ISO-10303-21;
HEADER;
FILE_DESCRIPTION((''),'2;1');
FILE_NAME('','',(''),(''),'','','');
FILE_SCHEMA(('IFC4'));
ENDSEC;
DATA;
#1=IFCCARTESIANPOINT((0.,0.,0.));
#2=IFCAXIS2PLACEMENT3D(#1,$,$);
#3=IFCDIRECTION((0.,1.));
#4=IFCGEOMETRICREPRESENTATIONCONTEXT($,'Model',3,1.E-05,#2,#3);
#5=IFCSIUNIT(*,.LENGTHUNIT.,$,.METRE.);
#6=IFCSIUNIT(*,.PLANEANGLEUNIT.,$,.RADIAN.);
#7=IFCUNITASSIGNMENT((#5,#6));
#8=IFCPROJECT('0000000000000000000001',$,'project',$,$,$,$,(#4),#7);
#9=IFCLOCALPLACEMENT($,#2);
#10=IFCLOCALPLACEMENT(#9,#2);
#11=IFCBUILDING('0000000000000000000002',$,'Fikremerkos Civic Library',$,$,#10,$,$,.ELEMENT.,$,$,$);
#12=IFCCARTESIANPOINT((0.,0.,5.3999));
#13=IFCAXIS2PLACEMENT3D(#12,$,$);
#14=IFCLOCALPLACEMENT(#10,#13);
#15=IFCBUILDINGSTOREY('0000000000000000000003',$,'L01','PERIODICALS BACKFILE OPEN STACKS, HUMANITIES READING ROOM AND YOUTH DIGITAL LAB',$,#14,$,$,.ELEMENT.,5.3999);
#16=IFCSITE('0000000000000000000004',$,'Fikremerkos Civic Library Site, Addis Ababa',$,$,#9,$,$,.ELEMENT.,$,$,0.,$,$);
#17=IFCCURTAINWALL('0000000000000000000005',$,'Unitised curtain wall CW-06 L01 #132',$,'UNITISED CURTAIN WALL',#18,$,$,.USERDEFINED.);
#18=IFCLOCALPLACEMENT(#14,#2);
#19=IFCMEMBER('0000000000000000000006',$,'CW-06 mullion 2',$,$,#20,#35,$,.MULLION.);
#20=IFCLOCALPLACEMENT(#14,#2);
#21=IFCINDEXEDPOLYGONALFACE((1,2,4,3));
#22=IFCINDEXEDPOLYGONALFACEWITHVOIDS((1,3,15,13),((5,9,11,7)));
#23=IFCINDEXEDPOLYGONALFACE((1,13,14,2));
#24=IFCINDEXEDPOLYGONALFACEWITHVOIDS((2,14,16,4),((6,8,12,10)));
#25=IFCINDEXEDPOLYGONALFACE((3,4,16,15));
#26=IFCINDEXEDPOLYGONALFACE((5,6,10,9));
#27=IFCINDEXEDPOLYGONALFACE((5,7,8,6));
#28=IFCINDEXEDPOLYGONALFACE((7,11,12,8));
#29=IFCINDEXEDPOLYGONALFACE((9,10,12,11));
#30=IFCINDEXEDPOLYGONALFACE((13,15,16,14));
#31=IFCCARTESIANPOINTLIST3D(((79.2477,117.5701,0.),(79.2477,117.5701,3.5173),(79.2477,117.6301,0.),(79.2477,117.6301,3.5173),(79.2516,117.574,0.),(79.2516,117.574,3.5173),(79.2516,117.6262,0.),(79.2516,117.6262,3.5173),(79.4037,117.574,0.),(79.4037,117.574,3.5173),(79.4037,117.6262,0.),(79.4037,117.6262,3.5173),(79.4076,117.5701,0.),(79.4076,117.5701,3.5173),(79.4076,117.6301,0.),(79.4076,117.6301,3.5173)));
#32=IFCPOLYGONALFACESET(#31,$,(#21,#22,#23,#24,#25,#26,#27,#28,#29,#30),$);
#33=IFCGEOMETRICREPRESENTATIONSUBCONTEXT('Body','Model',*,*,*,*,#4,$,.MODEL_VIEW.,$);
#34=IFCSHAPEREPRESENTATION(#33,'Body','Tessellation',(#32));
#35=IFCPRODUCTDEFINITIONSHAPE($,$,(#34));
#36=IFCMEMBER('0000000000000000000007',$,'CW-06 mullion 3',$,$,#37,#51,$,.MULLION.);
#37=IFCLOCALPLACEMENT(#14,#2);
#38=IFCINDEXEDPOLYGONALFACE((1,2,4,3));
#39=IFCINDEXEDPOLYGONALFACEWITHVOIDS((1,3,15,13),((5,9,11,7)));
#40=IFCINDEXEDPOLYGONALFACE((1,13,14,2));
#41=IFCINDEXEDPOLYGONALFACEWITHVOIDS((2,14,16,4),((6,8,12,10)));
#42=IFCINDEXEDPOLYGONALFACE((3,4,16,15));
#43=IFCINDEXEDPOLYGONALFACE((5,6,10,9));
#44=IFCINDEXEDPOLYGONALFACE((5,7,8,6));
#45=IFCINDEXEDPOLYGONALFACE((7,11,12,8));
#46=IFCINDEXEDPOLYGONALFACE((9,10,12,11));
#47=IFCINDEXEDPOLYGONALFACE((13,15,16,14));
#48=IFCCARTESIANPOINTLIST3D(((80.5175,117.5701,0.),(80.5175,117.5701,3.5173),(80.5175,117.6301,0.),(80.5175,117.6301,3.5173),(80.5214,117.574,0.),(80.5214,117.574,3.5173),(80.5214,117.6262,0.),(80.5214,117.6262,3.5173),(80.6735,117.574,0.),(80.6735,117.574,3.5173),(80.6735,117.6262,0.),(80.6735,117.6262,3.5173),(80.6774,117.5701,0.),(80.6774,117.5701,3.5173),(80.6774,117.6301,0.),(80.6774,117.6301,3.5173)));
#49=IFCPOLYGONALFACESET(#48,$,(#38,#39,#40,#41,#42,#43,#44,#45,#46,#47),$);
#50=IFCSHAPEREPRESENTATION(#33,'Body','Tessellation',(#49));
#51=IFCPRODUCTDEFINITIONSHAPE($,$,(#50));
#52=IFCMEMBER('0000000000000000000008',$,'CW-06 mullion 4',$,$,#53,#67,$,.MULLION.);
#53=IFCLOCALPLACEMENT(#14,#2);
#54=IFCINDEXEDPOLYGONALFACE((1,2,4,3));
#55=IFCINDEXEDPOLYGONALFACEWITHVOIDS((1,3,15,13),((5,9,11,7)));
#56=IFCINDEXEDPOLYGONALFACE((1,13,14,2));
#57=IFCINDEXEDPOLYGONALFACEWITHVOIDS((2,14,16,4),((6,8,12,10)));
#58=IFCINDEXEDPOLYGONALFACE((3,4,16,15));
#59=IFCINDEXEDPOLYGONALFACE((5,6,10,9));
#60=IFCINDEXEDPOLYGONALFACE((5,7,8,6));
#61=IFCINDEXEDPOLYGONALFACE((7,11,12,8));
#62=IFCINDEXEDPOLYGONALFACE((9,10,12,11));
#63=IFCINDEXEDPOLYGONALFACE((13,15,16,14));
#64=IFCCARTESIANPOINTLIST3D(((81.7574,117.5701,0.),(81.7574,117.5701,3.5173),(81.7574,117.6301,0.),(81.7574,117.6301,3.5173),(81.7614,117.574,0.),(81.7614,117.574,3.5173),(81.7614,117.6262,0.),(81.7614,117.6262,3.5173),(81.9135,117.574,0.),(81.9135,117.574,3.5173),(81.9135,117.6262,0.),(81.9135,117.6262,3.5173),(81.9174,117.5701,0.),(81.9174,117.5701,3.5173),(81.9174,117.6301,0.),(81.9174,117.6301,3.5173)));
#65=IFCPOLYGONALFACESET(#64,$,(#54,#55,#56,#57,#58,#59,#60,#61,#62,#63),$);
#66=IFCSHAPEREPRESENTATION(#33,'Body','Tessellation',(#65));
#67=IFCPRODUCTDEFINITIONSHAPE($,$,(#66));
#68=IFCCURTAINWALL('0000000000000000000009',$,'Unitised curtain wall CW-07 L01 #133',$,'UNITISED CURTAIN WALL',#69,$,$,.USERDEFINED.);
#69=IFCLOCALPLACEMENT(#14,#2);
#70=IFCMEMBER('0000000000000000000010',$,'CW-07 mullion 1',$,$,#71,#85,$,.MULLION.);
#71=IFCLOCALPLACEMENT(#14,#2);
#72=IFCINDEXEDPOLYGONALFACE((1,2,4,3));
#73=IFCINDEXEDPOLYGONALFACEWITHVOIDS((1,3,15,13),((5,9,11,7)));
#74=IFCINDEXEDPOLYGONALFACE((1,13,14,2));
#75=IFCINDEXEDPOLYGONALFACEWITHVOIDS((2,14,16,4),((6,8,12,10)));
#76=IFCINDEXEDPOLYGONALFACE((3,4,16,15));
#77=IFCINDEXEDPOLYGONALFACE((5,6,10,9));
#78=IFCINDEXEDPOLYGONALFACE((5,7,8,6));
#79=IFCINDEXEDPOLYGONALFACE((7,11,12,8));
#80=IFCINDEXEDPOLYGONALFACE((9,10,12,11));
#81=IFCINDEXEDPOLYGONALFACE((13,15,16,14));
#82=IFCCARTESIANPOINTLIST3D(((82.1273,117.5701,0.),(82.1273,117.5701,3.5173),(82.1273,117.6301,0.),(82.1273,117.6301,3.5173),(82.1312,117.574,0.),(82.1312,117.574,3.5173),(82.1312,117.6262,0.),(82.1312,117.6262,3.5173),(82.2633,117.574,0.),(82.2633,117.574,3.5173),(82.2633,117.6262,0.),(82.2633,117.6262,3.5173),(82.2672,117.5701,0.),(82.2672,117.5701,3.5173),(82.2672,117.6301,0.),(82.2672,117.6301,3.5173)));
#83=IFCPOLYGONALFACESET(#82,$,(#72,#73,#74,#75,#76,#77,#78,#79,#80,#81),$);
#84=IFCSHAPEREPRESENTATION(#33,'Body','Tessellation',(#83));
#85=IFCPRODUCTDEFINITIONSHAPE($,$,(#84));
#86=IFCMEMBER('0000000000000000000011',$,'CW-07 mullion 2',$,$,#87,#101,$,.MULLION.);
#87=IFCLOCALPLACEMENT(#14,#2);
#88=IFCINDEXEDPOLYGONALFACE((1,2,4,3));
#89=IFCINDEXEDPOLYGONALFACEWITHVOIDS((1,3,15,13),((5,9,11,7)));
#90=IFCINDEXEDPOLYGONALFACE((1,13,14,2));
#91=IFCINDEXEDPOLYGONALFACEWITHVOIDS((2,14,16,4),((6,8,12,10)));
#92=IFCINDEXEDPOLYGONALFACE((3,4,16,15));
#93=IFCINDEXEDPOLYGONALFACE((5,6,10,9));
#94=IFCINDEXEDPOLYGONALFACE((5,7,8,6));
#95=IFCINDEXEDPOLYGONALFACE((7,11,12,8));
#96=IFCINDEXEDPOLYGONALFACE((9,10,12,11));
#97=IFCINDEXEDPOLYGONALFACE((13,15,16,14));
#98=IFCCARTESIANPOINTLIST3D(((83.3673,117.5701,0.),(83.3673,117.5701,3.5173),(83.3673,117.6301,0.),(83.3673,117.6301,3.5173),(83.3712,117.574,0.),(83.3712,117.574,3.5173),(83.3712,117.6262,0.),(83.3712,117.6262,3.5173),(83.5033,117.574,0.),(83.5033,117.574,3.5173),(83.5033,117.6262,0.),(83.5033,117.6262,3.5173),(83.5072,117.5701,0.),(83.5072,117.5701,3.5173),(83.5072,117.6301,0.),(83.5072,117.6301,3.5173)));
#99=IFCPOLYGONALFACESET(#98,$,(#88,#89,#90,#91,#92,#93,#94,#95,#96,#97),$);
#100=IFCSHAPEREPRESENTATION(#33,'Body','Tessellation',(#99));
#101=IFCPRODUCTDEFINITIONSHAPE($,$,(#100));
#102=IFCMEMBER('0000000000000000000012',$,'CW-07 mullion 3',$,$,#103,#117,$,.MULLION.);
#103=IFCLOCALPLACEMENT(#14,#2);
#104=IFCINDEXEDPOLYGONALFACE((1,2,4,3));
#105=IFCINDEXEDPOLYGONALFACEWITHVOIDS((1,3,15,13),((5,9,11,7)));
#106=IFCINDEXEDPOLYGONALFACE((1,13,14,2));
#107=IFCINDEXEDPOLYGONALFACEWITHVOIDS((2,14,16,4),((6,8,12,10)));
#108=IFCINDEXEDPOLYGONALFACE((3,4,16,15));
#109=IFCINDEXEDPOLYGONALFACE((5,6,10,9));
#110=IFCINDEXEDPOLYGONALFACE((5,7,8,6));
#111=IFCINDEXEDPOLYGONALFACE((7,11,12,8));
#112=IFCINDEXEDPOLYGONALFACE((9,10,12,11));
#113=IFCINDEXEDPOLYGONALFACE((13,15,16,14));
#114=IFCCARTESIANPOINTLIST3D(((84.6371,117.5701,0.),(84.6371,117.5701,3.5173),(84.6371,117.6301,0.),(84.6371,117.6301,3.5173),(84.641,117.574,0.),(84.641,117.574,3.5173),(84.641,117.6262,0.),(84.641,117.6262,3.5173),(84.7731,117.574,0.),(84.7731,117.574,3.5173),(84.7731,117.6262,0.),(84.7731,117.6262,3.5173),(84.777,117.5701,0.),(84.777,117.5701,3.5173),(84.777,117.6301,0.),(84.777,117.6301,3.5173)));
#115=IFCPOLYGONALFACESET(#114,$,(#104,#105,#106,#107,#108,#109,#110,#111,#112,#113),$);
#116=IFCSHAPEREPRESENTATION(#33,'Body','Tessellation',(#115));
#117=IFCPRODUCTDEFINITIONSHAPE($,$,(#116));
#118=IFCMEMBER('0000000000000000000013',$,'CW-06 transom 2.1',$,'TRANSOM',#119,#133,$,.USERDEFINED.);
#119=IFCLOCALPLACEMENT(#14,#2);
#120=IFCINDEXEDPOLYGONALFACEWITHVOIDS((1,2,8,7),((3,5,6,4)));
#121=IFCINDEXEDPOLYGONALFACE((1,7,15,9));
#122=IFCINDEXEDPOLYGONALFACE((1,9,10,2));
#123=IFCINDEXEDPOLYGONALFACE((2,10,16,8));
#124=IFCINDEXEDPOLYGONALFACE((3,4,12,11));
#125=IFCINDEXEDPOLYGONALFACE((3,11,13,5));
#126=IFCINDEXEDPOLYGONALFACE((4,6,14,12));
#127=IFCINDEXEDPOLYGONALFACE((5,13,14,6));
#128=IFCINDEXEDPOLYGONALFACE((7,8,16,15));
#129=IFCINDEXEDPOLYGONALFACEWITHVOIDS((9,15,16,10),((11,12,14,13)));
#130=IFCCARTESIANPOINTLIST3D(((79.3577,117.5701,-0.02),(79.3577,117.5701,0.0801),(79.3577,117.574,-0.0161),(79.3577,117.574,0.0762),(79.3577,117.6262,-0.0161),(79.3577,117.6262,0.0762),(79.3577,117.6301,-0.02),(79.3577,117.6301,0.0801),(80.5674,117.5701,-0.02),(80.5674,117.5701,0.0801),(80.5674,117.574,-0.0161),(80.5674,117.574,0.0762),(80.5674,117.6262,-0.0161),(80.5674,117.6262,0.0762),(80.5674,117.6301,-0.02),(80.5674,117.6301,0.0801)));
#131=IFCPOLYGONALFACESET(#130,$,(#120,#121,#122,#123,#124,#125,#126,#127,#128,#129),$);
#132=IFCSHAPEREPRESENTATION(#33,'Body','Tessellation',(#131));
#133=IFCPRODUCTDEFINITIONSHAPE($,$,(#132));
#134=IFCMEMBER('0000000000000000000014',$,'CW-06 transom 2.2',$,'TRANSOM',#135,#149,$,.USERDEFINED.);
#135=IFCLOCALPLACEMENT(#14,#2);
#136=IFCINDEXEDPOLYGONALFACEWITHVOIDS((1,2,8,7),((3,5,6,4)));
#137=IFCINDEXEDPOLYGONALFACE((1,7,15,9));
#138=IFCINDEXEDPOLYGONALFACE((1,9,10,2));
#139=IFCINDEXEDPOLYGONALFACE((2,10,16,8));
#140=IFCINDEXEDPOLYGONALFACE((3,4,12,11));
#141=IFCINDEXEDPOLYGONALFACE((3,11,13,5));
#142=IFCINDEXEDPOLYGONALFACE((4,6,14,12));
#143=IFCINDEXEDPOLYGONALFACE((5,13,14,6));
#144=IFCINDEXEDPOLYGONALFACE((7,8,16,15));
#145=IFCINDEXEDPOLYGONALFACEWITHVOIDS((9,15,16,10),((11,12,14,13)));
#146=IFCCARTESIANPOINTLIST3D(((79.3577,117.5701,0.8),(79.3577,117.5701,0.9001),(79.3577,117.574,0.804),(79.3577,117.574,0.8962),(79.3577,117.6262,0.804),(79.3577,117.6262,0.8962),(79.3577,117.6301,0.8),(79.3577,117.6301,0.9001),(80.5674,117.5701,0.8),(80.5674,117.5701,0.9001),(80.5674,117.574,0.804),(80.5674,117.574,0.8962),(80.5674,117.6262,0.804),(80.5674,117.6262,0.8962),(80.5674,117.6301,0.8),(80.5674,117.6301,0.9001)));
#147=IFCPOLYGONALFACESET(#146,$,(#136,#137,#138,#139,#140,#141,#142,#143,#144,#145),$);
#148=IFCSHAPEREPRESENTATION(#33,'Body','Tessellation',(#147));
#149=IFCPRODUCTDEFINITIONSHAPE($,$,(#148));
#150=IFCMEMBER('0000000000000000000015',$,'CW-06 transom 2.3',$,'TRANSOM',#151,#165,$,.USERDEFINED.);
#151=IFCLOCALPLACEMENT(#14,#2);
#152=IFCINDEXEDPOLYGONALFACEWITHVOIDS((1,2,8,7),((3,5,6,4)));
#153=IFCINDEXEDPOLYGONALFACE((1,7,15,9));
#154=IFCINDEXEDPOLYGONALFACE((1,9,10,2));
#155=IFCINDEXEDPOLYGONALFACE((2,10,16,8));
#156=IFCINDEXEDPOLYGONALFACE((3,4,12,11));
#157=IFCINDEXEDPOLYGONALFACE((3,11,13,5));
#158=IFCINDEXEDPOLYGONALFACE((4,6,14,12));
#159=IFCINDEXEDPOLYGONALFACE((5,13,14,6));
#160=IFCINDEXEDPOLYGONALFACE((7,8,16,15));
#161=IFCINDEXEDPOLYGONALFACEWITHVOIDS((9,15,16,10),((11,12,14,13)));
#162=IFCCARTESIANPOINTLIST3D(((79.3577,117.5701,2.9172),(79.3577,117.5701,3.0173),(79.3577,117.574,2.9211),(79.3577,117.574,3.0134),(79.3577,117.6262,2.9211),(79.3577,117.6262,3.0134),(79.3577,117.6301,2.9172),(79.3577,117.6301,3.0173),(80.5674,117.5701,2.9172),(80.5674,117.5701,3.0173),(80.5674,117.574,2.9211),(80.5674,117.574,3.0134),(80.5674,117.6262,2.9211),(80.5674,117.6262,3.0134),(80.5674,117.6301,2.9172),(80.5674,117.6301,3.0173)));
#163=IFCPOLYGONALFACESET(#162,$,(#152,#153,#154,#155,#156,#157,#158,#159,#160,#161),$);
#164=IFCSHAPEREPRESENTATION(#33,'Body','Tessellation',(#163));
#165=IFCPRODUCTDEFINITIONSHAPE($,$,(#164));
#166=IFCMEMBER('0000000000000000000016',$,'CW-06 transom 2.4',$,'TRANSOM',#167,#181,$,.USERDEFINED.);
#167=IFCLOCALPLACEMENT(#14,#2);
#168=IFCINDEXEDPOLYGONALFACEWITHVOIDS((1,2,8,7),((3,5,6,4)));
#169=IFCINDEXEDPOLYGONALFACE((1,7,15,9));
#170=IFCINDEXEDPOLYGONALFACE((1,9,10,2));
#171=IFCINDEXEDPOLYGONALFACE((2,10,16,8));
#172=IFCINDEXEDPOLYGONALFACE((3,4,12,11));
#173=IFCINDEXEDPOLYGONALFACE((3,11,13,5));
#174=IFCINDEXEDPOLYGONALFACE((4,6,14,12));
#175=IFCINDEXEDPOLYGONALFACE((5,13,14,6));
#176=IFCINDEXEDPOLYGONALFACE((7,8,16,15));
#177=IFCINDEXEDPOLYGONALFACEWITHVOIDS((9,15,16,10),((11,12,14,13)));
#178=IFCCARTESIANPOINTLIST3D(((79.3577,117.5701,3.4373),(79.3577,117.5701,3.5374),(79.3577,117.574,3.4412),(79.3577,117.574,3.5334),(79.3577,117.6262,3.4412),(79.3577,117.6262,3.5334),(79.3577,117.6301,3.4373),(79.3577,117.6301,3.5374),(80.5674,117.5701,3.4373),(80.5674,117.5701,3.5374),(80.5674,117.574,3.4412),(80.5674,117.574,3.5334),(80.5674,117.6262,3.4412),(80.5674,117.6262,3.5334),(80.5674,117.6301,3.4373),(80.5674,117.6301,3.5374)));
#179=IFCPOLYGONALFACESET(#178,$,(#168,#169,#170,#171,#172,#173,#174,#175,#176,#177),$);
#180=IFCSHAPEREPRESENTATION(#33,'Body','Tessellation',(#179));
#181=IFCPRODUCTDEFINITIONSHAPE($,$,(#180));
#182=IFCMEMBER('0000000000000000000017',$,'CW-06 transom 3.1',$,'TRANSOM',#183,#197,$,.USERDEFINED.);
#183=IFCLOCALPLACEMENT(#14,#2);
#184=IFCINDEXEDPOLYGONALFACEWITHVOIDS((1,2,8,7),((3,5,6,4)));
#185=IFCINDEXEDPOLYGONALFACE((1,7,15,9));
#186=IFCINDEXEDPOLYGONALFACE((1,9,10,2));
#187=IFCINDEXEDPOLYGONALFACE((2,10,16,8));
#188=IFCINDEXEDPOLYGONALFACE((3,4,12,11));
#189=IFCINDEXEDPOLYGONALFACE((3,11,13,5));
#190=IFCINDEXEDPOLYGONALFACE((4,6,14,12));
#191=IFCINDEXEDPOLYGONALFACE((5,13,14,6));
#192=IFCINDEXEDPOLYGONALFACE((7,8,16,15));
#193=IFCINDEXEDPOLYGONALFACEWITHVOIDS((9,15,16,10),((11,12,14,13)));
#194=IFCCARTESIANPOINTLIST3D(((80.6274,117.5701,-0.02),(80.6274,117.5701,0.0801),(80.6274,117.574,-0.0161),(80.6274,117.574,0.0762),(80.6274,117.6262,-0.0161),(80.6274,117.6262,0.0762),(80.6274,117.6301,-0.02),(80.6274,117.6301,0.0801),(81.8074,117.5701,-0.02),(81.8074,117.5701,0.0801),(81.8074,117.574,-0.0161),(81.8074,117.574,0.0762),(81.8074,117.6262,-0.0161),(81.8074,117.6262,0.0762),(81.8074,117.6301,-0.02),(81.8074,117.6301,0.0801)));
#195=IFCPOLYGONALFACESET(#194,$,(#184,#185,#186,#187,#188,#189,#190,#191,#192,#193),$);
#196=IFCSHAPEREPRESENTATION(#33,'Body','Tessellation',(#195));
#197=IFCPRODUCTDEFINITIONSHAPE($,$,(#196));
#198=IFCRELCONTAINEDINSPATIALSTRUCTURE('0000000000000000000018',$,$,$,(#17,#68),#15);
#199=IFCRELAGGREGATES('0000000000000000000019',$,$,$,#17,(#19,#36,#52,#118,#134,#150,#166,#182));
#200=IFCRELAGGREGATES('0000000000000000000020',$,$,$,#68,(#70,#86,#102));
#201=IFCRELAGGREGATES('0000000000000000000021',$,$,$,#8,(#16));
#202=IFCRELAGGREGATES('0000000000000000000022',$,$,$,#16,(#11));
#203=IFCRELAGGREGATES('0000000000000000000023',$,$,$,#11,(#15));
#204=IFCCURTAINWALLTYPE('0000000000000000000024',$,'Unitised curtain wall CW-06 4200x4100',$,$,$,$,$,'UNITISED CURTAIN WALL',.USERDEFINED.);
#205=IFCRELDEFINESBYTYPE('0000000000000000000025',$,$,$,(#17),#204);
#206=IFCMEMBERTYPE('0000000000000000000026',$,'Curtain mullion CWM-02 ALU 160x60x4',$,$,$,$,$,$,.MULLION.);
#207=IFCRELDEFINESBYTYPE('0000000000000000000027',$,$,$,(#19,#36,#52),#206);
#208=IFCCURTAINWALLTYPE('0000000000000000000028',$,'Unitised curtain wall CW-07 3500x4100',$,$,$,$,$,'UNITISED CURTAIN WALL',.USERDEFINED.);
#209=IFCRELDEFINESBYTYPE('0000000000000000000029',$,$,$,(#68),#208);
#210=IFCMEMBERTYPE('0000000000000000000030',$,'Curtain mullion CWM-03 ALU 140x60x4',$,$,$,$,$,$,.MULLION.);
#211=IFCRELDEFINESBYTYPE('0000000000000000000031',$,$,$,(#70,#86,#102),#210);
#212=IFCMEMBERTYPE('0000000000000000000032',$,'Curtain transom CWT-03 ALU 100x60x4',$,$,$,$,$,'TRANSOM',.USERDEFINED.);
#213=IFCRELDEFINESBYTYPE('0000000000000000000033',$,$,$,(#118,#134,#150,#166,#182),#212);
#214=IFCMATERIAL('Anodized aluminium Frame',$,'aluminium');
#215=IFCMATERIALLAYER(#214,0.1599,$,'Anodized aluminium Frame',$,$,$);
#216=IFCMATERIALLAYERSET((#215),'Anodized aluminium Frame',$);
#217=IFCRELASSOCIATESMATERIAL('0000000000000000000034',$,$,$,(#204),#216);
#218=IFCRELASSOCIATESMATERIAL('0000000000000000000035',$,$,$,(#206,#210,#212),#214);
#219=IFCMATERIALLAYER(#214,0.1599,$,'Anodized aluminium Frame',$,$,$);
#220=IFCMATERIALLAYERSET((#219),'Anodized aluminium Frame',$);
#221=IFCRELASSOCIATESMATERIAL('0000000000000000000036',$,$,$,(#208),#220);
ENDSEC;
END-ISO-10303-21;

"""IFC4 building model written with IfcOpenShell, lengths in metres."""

from ifc_helpers import new_model, si_unit, direction, frame, origin, origin_2d, place, context, subcontext, project, spatial, hollow_rectangle, extrude, material, layer, layer_set, material_profile, profile_set, type_object, element, aggregate, save


model = new_model("IFC4")

# Units and contexts
model_context = context("Model", 3, precision=1e-05, world=origin(), true_north=direction((0.0, 1.0)))
body_context = subcontext(model_context, "Body", "Model", "MODEL_VIEW")
ifc_project = project(units=[si_unit("LENGTHUNIT", "METRE"), si_unit("PLANEANGLEUNIT", "RADIAN")], contexts=[model_context])

# Site, building, storey
site_placement = place(None, origin())
site = spatial("IfcSite", under=ifc_project, at=site_placement, Name="Fikremerkos Civic Library Site, Addis Ababa", CompositionType="ELEMENT", RefElevation=0.0)
building_placement = place(site_placement, origin())
building = spatial("IfcBuilding", under=site, at=building_placement, Name="Fikremerkos Civic Library", CompositionType="ELEMENT")
storey_placement = place(building_placement, frame((0.0, 0.0, 5.3999)))
storey = spatial("IfcBuildingStorey", under=building, at=storey_placement, Name="L01", Description="PERIODICALS BACKFILE OPEN STACKS, HUMANITIES READING ROOM AND YOUTH DIGITAL LAB", CompositionType="ELEMENT", Elevation=5.3999)

# Curtain walls, members
ifc_material_1 = material(Name="Anodized aluminium Frame", Category="aluminium")
ifc_layer_1 = layer(ifc_material_1, 0.1599, Name="Anodized aluminium Frame")
ifc_layer_set_1 = layer_set([ifc_layer_1], Name="Anodized aluminium Frame")
curtain_wall_type_1 = type_object("IfcCurtainWallType", Name="Unitised curtain wall CW-06 4200x4100", ElementType="UNITISED CURTAIN WALL", PredefinedType="USERDEFINED", material=ifc_layer_set_1)
curtain_wall_1_placement = place(storey_placement, origin())
curtain_wall_1 = element("IfcCurtainWall", 1, at=curtain_wall_1_placement, inside=storey, type_object=curtain_wall_type_1, Name="Unitised curtain wall CW-06 L01 #132", ObjectType="UNITISED CURTAIN WALL", PredefinedType="USERDEFINED")
ifc_material_profile_1 = material_profile(ifc_material_1, hollow_rectangle(XDim=0.0601, YDim=0.1599, WallThickness=0.0039, at=origin_2d()), Name="ALU 160x60x4")
ifc_profile_set_1 = profile_set([ifc_material_profile_1], Name="Anodized aluminium Frame")
member_type_1 = type_object("IfcMemberType", Name="Curtain mullion CWM-02 ALU 160x60x4", PredefinedType="MULLION", material=ifc_profile_set_1)
member_1_placement = place(storey_placement, frame((79.3276, 117.6001, 0.0), z_axis=(0.0, 0.0, 1.0), x_axis=(0.0, 1.0, 0.0)))
member_1 = element("IfcMember", 2, at=member_1_placement, type_object=member_type_1, Name="CW-06 mullion 2", PredefinedType="MULLION", context=body_context, shape_type="SweptSolid", body=[
    extrude(hollow_rectangle(XDim=0.0601, YDim=0.1599, WallThickness=0.0039, at=origin_2d()), origin(), (0.0, 0.0, 1.0), 3.5173),
])
member_2_placement = place(storey_placement, frame((80.5974, 117.6001, 0.0), z_axis=(0.0, 0.0, 1.0), x_axis=(0.0, 1.0, 0.0)))
member_2 = element("IfcMember", 3, at=member_2_placement, type_object=member_type_1, Name="CW-06 mullion 3", PredefinedType="MULLION", context=body_context, shape_type="SweptSolid", body=[
    extrude(hollow_rectangle(XDim=0.0601, YDim=0.1599, WallThickness=0.0039, at=origin_2d()), origin(), (0.0, 0.0, 1.0), 3.5173),
])
member_3_placement = place(storey_placement, frame((81.8374, 117.6001, 0.0), z_axis=(0.0, 0.0, 1.0), x_axis=(0.0, 1.0, 0.0)))
member_3 = element("IfcMember", 4, at=member_3_placement, type_object=member_type_1, Name="CW-06 mullion 4", PredefinedType="MULLION", context=body_context, shape_type="SweptSolid", body=[
    extrude(hollow_rectangle(XDim=0.0601, YDim=0.1599, WallThickness=0.0039, at=origin_2d()), origin(), (0.0, 0.0, 1.0), 3.5173),
])
ifc_layer_2 = layer(ifc_material_1, 0.1599, Name="Anodized aluminium Frame")
ifc_layer_set_2 = layer_set([ifc_layer_2], Name="Anodized aluminium Frame")
curtain_wall_type_2 = type_object("IfcCurtainWallType", Name="Unitised curtain wall CW-07 3500x4100", ElementType="UNITISED CURTAIN WALL", PredefinedType="USERDEFINED", material=ifc_layer_set_2)
curtain_wall_2_placement = place(storey_placement, origin())
curtain_wall_2 = element("IfcCurtainWall", 5, at=curtain_wall_2_placement, inside=storey, type_object=curtain_wall_type_2, Name="Unitised curtain wall CW-07 L01 #133", ObjectType="UNITISED CURTAIN WALL", PredefinedType="USERDEFINED")
ifc_material_profile_2 = material_profile(ifc_material_1, hollow_rectangle(XDim=0.0601, YDim=0.1399, WallThickness=0.0039, at=origin_2d()), Name="ALU 140x60x4")
ifc_profile_set_2 = profile_set([ifc_material_profile_2], Name="Anodized aluminium Frame")
member_type_2 = type_object("IfcMemberType", Name="Curtain mullion CWM-03 ALU 140x60x4", PredefinedType="MULLION", material=ifc_profile_set_2)
member_4_placement = place(storey_placement, frame((82.1973, 117.6001, 0.0), z_axis=(0.0, 0.0, 1.0), x_axis=(0.0, 1.0, 0.0)))
member_4 = element("IfcMember", 6, at=member_4_placement, type_object=member_type_2, Name="CW-07 mullion 1", PredefinedType="MULLION", context=body_context, shape_type="SweptSolid", body=[
    extrude(hollow_rectangle(XDim=0.0601, YDim=0.1399, WallThickness=0.0039, at=origin_2d()), origin(), (0.0, 0.0, 1.0), 3.5173),
])
member_5_placement = place(storey_placement, frame((83.4373, 117.6001, 0.0), z_axis=(0.0, 0.0, 1.0), x_axis=(0.0, 1.0, 0.0)))
member_5 = element("IfcMember", 7, at=member_5_placement, type_object=member_type_2, Name="CW-07 mullion 2", PredefinedType="MULLION", context=body_context, shape_type="SweptSolid", body=[
    extrude(hollow_rectangle(XDim=0.0601, YDim=0.1399, WallThickness=0.0039, at=origin_2d()), origin(), (0.0, 0.0, 1.0), 3.5173),
])
member_6_placement = place(storey_placement, frame((84.707, 117.6001, 0.0), z_axis=(0.0, 0.0, 1.0), x_axis=(0.0, 1.0, 0.0)))
member_6 = element("IfcMember", 8, at=member_6_placement, type_object=member_type_2, Name="CW-07 mullion 3", PredefinedType="MULLION", context=body_context, shape_type="SweptSolid", body=[
    extrude(hollow_rectangle(XDim=0.0601, YDim=0.1399, WallThickness=0.0039, at=origin_2d()), origin(), (0.0, 0.0, 1.0), 3.5173),
])

# Members
ifc_material_profile_3 = material_profile(ifc_material_1, hollow_rectangle(XDim=0.0601, YDim=0.1001, WallThickness=0.0039, at=origin_2d()), Name="ALU 100x60x4")
ifc_profile_set_3 = profile_set([ifc_material_profile_3], Name="Anodized aluminium Frame")
member_type_3 = type_object("IfcMemberType", Name="Curtain transom CWT-03 ALU 100x60x4", ElementType="TRANSOM", PredefinedType="USERDEFINED", material=ifc_profile_set_3)
member_7_placement = place(storey_placement, frame((79.3577, 117.6001, 0.03), z_axis=(1.0, 0.0, 0.0), x_axis=(0.0, 1.0, 0.0)))
member_7 = element("IfcMember", 9, at=member_7_placement, type_object=member_type_3, Name="CW-06 transom 2.1", ObjectType="TRANSOM", PredefinedType="USERDEFINED", context=body_context, shape_type="SweptSolid", body=[
    extrude(hollow_rectangle(XDim=0.0601, YDim=0.1001, WallThickness=0.0039, at=origin_2d()), origin(), (0.0, 0.0, 1.0), 1.2097),
])
member_8_placement = place(storey_placement, frame((79.3577, 117.6001, 0.8501), z_axis=(1.0, 0.0, 0.0), x_axis=(0.0, 1.0, 0.0)))
member_8 = element("IfcMember", 10, at=member_8_placement, type_object=member_type_3, Name="CW-06 transom 2.2", ObjectType="TRANSOM", PredefinedType="USERDEFINED", context=body_context, shape_type="SweptSolid", body=[
    extrude(hollow_rectangle(XDim=0.0601, YDim=0.1001, WallThickness=0.0039, at=origin_2d()), origin(), (0.0, 0.0, 1.0), 1.2097),
])
member_9_placement = place(storey_placement, frame((79.3577, 117.6001, 2.9673), z_axis=(1.0, 0.0, 0.0), x_axis=(0.0, 1.0, 0.0)))
member_9 = element("IfcMember", 11, at=member_9_placement, type_object=member_type_3, Name="CW-06 transom 2.3", ObjectType="TRANSOM", PredefinedType="USERDEFINED", context=body_context, shape_type="SweptSolid", body=[
    extrude(hollow_rectangle(XDim=0.0601, YDim=0.1001, WallThickness=0.0039, at=origin_2d()), origin(), (0.0, 0.0, 1.0), 1.2097),
])
member_10_placement = place(storey_placement, frame((79.3577, 117.6001, 3.4873), z_axis=(1.0, 0.0, 0.0), x_axis=(0.0, 1.0, 0.0)))
member_10 = element("IfcMember", 12, at=member_10_placement, type_object=member_type_3, Name="CW-06 transom 2.4", ObjectType="TRANSOM", PredefinedType="USERDEFINED", context=body_context, shape_type="SweptSolid", body=[
    extrude(hollow_rectangle(XDim=0.0601, YDim=0.1001, WallThickness=0.0039, at=origin_2d()), origin(), (0.0, 0.0, 1.0), 1.2097),
])
member_11_placement = place(storey_placement, frame((80.6274, 117.6001, 0.03), z_axis=(1.0, 0.0, 0.0), x_axis=(0.0, 1.0, 0.0)))
member_11 = element("IfcMember", 13, at=member_11_placement, type_object=member_type_3, Name="CW-06 transom 3.1", ObjectType="TRANSOM", PredefinedType="USERDEFINED", context=body_context, shape_type="SweptSolid", body=[
    extrude(hollow_rectangle(XDim=0.0601, YDim=0.1001, WallThickness=0.0039, at=origin_2d()), origin(), (0.0, 0.0, 1.0), 1.1799),
])

aggregate(curtain_wall_1, [member_1, member_2, member_3, member_7, member_8, member_9, member_10, member_11])
aggregate(curtain_wall_2, [member_4, member_5, member_6])

save(model, "model.ifc")
